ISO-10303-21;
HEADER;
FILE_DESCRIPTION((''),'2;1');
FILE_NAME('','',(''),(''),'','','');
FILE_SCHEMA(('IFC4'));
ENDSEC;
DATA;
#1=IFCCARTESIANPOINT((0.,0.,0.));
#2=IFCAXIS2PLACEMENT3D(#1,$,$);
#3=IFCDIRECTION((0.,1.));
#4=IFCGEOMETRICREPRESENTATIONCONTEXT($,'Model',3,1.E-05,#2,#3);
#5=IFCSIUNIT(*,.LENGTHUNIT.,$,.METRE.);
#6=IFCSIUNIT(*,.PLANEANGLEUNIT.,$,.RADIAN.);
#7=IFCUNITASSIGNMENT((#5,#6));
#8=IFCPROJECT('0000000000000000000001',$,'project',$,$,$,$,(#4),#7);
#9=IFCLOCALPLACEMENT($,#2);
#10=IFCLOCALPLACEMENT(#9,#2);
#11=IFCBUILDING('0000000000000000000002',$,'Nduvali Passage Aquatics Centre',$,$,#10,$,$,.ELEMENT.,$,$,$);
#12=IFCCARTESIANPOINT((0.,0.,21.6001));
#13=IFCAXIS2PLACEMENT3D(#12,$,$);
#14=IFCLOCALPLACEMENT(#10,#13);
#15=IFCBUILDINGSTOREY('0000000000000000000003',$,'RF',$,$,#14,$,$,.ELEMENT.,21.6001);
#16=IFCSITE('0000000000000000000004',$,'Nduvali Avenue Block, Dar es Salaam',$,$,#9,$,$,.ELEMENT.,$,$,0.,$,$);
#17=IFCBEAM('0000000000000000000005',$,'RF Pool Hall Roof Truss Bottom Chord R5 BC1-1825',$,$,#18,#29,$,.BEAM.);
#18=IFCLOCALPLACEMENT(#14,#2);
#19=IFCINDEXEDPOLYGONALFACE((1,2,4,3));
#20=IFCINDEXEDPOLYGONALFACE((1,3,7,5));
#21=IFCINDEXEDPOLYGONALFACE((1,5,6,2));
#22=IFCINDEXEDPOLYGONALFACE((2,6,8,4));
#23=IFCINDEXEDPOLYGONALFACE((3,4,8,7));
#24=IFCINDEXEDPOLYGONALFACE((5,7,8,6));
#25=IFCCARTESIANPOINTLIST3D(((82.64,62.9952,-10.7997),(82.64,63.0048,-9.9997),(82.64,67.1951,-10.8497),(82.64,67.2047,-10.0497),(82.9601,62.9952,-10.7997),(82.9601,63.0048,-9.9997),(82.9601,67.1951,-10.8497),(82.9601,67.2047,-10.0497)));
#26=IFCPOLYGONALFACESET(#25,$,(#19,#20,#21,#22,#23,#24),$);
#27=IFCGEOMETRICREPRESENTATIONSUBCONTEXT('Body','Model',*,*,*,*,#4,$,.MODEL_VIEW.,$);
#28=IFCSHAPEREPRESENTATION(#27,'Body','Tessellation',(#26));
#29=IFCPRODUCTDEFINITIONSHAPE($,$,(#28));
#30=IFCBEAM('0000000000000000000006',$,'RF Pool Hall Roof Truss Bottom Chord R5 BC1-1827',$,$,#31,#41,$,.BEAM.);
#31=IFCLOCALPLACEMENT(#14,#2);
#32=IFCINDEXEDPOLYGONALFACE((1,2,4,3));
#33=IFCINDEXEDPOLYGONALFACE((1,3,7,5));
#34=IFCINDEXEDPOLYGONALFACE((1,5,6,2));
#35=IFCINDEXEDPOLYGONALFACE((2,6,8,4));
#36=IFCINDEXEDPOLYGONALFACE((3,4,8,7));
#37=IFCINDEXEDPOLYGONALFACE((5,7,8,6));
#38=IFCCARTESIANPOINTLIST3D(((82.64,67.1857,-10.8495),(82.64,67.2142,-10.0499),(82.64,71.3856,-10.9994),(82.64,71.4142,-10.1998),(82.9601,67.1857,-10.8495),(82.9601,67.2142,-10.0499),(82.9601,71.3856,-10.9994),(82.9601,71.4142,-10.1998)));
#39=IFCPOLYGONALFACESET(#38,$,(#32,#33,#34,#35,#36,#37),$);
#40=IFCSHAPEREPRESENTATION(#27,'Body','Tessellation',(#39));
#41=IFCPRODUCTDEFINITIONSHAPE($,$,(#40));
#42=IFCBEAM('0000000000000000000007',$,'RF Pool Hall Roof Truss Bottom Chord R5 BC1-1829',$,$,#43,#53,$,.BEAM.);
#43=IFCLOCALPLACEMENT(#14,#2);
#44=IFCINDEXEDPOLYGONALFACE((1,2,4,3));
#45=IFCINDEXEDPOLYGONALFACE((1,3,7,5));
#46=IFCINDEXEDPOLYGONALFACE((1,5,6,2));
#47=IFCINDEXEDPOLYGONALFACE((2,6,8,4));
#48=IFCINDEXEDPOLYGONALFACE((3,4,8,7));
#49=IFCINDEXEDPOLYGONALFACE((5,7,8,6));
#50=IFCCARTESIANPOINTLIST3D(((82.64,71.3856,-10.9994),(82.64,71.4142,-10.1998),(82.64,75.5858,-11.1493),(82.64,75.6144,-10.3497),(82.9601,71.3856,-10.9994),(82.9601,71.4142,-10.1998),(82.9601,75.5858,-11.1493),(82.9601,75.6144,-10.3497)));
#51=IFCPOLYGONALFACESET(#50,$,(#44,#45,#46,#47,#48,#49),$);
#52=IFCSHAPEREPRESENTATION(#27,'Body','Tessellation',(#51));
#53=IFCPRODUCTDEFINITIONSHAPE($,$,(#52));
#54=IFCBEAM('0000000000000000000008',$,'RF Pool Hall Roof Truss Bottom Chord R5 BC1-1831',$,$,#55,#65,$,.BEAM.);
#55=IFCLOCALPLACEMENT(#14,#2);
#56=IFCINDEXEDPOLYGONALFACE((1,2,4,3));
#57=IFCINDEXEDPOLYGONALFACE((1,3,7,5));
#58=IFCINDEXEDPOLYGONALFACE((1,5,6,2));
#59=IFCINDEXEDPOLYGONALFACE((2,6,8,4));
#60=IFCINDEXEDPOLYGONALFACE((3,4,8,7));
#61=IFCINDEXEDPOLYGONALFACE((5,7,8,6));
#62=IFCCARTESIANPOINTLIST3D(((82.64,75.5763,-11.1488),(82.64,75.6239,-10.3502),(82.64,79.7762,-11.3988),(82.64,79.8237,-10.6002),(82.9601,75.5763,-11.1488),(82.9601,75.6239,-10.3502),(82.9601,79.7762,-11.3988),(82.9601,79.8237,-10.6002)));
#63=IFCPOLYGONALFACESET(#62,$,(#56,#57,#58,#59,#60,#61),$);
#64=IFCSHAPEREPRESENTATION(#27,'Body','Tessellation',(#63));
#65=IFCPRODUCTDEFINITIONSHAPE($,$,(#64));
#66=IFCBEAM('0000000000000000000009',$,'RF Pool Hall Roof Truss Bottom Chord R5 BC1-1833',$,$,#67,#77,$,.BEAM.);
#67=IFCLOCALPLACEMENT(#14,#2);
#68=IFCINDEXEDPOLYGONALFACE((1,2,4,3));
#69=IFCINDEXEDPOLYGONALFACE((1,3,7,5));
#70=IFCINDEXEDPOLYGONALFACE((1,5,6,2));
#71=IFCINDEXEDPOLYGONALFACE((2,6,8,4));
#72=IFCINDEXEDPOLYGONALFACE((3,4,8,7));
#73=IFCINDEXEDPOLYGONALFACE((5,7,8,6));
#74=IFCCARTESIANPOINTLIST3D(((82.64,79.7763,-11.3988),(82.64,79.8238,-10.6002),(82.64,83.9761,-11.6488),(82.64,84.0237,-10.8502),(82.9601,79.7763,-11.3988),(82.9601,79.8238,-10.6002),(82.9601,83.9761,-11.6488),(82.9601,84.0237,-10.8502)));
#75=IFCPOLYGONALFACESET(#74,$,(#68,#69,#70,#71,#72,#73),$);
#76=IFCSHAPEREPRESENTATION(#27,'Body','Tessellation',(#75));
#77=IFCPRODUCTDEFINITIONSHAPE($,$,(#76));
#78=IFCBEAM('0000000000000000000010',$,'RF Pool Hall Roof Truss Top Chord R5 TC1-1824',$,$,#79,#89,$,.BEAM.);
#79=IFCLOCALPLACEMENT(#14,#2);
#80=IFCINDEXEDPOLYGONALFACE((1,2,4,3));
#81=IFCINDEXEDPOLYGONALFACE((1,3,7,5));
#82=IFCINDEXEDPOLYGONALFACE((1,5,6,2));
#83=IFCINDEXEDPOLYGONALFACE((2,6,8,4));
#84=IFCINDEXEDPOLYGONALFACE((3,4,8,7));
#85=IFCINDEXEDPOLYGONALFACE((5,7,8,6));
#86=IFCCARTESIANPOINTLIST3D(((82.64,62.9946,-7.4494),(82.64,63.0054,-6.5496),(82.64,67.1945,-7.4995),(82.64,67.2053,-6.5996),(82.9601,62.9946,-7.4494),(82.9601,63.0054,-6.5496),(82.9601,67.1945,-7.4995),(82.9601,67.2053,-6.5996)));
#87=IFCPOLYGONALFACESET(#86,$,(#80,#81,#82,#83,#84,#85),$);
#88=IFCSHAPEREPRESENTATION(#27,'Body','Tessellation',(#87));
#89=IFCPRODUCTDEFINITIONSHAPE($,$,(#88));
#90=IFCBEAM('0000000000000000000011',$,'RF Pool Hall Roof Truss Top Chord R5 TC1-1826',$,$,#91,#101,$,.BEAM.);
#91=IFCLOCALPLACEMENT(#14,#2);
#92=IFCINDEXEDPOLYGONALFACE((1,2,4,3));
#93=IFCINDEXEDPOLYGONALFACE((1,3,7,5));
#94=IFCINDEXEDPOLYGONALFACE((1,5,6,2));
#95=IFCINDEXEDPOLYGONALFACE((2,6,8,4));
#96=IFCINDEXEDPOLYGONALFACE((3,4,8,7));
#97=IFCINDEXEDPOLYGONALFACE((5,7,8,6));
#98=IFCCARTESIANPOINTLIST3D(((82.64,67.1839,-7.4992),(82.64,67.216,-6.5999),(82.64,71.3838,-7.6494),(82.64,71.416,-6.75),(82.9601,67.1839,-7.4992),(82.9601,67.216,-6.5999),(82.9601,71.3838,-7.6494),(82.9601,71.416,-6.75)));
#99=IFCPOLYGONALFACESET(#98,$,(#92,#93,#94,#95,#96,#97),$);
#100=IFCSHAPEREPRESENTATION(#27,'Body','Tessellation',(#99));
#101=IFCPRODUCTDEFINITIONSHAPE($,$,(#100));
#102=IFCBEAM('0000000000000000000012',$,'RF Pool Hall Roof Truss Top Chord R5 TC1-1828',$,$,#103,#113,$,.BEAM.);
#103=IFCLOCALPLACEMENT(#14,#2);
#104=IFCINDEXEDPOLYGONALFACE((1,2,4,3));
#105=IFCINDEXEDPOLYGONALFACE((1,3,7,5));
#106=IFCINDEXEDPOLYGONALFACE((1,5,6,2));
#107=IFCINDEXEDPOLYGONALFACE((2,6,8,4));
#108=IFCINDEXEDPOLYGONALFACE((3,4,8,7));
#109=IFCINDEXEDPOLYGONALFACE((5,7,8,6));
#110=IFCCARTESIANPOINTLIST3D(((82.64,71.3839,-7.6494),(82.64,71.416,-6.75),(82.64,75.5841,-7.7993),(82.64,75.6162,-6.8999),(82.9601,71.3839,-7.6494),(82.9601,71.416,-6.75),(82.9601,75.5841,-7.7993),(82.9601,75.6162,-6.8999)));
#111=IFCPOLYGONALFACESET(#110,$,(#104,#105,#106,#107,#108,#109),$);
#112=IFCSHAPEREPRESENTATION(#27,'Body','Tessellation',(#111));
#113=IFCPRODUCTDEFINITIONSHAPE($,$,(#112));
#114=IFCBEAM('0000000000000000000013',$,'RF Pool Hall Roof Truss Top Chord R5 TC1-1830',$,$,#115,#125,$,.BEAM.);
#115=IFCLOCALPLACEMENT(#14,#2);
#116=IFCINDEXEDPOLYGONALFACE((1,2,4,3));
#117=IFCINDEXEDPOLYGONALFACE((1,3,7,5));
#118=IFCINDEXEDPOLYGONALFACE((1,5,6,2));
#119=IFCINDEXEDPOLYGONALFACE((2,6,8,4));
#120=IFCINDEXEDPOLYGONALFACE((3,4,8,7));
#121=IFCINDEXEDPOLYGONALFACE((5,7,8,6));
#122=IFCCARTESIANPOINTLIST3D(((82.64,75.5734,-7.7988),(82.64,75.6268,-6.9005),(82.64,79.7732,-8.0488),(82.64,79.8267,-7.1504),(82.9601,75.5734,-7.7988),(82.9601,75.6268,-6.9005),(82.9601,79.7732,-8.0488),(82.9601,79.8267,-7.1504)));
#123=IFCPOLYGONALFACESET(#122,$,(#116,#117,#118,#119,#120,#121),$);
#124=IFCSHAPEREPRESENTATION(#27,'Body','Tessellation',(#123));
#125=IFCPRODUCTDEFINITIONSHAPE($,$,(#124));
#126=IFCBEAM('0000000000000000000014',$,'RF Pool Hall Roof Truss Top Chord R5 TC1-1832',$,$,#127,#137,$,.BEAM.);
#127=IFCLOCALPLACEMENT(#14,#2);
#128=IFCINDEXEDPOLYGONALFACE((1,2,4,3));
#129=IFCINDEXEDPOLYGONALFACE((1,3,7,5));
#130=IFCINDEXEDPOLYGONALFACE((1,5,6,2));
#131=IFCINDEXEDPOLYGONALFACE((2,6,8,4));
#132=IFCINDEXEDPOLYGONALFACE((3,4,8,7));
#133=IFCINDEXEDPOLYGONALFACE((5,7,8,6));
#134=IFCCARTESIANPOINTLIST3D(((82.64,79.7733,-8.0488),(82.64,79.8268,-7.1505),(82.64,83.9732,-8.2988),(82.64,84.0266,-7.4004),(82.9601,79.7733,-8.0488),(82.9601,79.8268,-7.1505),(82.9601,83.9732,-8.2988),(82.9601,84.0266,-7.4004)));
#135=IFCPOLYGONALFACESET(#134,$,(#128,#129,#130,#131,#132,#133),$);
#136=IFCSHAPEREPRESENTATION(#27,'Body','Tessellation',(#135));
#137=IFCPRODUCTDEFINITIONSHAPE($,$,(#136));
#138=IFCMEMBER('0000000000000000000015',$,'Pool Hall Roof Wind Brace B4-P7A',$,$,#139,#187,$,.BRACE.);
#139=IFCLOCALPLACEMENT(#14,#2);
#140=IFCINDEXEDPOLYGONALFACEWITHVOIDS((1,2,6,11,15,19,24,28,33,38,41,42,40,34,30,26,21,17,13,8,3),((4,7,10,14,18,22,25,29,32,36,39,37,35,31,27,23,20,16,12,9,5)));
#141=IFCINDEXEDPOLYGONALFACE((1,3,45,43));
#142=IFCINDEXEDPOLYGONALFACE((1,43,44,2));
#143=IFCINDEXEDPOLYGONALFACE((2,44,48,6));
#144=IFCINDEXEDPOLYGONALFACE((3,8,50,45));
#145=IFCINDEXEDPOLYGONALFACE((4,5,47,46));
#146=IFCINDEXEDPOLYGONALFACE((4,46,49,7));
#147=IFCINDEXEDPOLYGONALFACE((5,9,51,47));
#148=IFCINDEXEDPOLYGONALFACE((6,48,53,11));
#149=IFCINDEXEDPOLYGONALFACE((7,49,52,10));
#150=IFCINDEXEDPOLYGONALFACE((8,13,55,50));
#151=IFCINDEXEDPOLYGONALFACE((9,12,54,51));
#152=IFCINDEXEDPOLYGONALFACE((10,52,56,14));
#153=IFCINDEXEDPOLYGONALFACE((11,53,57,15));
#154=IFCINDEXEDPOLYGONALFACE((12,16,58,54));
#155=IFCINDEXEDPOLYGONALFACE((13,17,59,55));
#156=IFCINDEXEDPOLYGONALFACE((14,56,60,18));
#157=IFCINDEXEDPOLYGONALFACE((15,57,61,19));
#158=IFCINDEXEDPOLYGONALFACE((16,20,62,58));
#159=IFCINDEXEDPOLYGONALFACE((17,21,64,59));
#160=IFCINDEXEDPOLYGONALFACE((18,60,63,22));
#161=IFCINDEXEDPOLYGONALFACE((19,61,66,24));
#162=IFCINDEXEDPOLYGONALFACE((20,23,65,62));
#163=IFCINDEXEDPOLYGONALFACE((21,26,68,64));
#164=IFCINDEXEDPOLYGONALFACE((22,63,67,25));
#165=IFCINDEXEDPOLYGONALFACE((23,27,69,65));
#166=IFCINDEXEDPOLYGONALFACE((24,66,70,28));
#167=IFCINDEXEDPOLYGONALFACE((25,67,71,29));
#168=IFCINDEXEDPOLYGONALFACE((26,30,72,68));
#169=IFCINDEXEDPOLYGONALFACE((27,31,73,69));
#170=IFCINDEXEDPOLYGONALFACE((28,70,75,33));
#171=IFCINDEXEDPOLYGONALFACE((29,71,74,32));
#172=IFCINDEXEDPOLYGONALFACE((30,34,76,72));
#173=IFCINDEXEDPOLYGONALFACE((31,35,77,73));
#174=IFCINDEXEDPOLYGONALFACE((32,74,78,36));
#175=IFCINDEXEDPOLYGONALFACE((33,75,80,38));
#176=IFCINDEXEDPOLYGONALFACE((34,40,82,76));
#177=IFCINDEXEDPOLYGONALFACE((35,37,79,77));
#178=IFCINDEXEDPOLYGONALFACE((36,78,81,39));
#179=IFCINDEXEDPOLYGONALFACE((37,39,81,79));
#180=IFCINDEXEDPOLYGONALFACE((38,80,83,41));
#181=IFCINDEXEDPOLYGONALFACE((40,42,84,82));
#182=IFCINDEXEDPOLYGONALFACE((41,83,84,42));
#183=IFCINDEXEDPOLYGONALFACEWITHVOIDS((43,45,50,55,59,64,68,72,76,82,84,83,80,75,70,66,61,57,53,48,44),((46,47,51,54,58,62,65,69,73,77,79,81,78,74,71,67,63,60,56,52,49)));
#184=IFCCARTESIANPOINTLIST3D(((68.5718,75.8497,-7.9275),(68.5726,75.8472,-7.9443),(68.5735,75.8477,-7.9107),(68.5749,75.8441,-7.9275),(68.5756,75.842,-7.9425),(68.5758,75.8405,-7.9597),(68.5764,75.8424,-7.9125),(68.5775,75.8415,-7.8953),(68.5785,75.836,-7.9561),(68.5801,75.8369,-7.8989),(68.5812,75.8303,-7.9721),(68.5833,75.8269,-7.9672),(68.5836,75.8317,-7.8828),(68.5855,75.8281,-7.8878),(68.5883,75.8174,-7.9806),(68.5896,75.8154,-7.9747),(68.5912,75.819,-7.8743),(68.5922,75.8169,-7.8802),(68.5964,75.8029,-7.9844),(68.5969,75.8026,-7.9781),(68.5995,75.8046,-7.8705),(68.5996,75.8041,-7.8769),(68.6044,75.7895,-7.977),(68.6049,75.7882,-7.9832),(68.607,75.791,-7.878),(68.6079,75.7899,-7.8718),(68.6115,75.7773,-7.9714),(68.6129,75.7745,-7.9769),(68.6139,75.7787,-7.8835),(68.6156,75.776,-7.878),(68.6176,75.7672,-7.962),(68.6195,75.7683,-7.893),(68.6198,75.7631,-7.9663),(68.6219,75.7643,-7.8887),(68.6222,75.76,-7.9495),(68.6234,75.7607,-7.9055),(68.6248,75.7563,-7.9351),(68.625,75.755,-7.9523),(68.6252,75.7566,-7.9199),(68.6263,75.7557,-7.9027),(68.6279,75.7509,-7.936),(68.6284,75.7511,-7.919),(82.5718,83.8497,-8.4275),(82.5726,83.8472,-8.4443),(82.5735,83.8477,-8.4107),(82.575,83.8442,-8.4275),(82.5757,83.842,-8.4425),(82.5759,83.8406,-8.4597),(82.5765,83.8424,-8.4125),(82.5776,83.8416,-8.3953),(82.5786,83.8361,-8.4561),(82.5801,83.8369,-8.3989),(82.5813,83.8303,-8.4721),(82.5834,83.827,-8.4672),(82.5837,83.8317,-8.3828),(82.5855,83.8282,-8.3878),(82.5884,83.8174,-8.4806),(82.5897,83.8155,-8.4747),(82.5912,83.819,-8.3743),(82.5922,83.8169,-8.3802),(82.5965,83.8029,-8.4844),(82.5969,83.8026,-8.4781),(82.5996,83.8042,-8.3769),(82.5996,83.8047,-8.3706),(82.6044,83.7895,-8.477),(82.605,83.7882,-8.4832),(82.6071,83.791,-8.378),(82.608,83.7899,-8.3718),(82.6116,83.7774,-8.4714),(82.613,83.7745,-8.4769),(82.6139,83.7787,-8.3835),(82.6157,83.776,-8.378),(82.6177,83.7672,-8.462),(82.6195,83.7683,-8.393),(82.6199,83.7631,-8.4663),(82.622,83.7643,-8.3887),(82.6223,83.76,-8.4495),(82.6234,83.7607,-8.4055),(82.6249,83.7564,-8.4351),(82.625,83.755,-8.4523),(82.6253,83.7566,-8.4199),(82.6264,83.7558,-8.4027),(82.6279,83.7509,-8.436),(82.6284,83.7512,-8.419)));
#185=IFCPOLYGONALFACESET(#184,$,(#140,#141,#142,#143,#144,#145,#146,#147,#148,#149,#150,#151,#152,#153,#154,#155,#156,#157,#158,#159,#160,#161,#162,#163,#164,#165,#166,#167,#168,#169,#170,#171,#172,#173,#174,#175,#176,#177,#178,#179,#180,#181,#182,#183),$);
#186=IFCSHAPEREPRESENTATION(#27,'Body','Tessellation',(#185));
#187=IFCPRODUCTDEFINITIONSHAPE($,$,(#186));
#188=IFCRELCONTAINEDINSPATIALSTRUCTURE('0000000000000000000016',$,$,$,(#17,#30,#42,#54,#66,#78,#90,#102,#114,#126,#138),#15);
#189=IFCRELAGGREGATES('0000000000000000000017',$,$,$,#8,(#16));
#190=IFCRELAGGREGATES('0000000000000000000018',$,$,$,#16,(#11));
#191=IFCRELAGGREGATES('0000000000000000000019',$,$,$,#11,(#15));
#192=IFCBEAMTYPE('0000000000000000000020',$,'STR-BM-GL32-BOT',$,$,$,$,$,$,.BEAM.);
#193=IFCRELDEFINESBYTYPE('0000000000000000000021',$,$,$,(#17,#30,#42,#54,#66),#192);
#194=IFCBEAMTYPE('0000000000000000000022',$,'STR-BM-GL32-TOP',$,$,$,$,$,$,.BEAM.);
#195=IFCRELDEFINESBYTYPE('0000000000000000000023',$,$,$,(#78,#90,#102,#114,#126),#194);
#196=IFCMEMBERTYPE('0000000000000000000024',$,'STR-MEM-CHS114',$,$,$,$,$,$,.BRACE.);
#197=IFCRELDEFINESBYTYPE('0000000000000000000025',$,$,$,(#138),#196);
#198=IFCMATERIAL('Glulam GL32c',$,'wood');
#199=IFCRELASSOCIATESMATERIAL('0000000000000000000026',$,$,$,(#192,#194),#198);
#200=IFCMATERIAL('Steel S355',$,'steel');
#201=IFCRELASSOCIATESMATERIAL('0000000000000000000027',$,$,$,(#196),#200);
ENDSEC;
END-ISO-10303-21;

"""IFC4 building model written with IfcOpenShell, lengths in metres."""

from ifc_helpers import new_model, si_unit, direction, frame, origin, origin_2d, place, context, subcontext, project, spatial, rectangle, hollow_circle, extrude, material, material_profile, profile_set, type_object, element, save


model = new_model("IFC4")

# Units and contexts
model_context = context("Model", 3, precision=1e-05, world=origin(), true_north=direction((0.0, 1.0)))
body_context = subcontext(model_context, "Body", "Model", "MODEL_VIEW")
ifc_project = project(units=[si_unit("LENGTHUNIT", "METRE"), si_unit("PLANEANGLEUNIT", "RADIAN")], contexts=[model_context])

# Site, building, storey
site_placement = place(None, origin())
site = spatial("IfcSite", under=ifc_project, at=site_placement, Name="Nduvali Avenue Block, Dar es Salaam", CompositionType="ELEMENT", RefElevation=0.0)
building_placement = place(site_placement, origin())
building = spatial("IfcBuilding", under=site, at=building_placement, Name="Nduvali Passage Aquatics Centre", CompositionType="ELEMENT")
storey_placement = place(building_placement, frame((0.0, 0.0, 21.6001)))
storey = spatial("IfcBuildingStorey", under=building, at=storey_placement, Name="RF", CompositionType="ELEMENT", Elevation=21.6001)

# Beams
ifc_material_1 = material(Name="Glulam GL32c", Category="wood")
ifc_material_profile_1 = material_profile(ifc_material_1, rectangle(XDim=0.3201, YDim=0.8, at=origin_2d()), Name="GL32c 320x800")
ifc_profile_set_1 = profile_set([ifc_material_profile_1], Name="Glulam GL32c")
beam_type_1 = type_object("IfcBeamType", Name="STR-BM-GL32-BOT", PredefinedType="BEAM", material=ifc_profile_set_1)
beam_1_placement = place(storey_placement, frame((82.8, 63.0, -10.3997), z_axis=(0.0, 0.999929, -0.011916), x_axis=(-1.0, 0.0, 0.0)))
element("IfcBeam", 1, at=beam_1_placement, inside=storey, type_object=beam_type_1, Name="RF Pool Hall Roof Truss Bottom Chord R5 BC1-1825", PredefinedType="BEAM", context=body_context, shape_type="SweptSolid", body=[
    extrude(rectangle(XDim=0.3201, YDim=0.8, at=origin_2d()), origin(), (0.0, 0.0, 1.0), 4.2002),
])
beam_2_placement = place(storey_placement, frame((82.8, 67.2, -10.4497), z_axis=(0.0, 0.999364, -0.035669), x_axis=(-1.0, 0.0, 0.0)))
element("IfcBeam", 2, at=beam_2_placement, inside=storey, type_object=beam_type_1, Name="RF Pool Hall Roof Truss Bottom Chord R5 BC1-1827", PredefinedType="BEAM", context=body_context, shape_type="SweptSolid", body=[
    extrude(rectangle(XDim=0.3201, YDim=0.8, at=origin_2d()), origin(), (0.0, 0.0, 1.0), 4.2026),
])
beam_3_placement = place(storey_placement, frame((82.8, 71.3999, -10.5996), z_axis=(0.0, 0.999364, -0.035667), x_axis=(-1.0, 0.0, 0.0)))
element("IfcBeam", 3, at=beam_3_placement, inside=storey, type_object=beam_type_1, Name="RF Pool Hall Roof Truss Bottom Chord R5 BC1-1829", PredefinedType="BEAM", context=body_context, shape_type="SweptSolid", body=[
    extrude(rectangle(XDim=0.3201, YDim=0.8, at=origin_2d()), origin(), (0.0, 0.0, 1.0), 4.2029),
])
for number, where, z_axis, x_axis, name in (
    (4, (82.8, 75.6001, -10.7495), (0.0, 0.998233, -0.059419), (-1.0, 0.0, 0.0), "RF Pool Hall Roof Truss Bottom Chord R5 BC1-1831"),
    (5, (82.8, 79.8, -10.9995), (0.0, 0.998233, -0.059419), (-1.0, 0.0, 0.0), "RF Pool Hall Roof Truss Bottom Chord R5 BC1-1833"),
):
    element("IfcBeam", number, at=place(storey_placement, frame(where, z_axis=z_axis, x_axis=x_axis)), inside=storey, type_object=beam_type_1, Name=name, PredefinedType="BEAM", context=body_context, shape_type="SweptSolid", body=[
        extrude(rectangle(XDim=0.3201, YDim=0.8, at=origin_2d()), origin(), (0.0, 0.0, 1.0), 4.2073),
    ])
ifc_material_profile_2 = material_profile(ifc_material_1, rectangle(XDim=0.3201, YDim=0.8999, at=origin_2d()), Name="GL32c 320x900")
ifc_profile_set_2 = profile_set([ifc_material_profile_2], Name="Glulam GL32c")
beam_type_2 = type_object("IfcBeamType", Name="STR-BM-GL32-TOP", PredefinedType="BEAM", material=ifc_profile_set_2)
beam_4_placement = place(storey_placement, frame((82.8, 63.0, -6.9995), z_axis=(0.0, 0.999929, -0.011916), x_axis=(-1.0, 0.0, 0.0)))
element("IfcBeam", 6, at=beam_4_placement, inside=storey, type_object=beam_type_2, Name="RF Pool Hall Roof Truss Top Chord R5 TC1-1824", PredefinedType="BEAM", context=body_context, shape_type="SweptSolid", body=[
    extrude(rectangle(XDim=0.3201, YDim=0.8999, at=origin_2d()), origin(), (0.0, 0.0, 1.0), 4.2002),
])
beam_5_placement = place(storey_placement, frame((82.8, 67.2, -7.0496), z_axis=(0.0, 0.999362, -0.035727), x_axis=(-1.0, 0.0, 0.0)))
element("IfcBeam", 7, at=beam_5_placement, inside=storey, type_object=beam_type_2, Name="RF Pool Hall Roof Truss Top Chord R5 TC1-1826", PredefinedType="BEAM", context=body_context, shape_type="SweptSolid", body=[
    extrude(rectangle(XDim=0.3201, YDim=0.8999, at=origin_2d()), origin(), (0.0, 0.0, 1.0), 4.2026),
])
beam_6_placement = place(storey_placement, frame((82.8, 71.3999, -7.1997), z_axis=(0.0, 0.999364, -0.035667), x_axis=(-1.0, 0.0, 0.0)))
element("IfcBeam", 8, at=beam_6_placement, inside=storey, type_object=beam_type_2, Name="RF Pool Hall Roof Truss Top Chord R5 TC1-1828", PredefinedType="BEAM", context=body_context, shape_type="SweptSolid", body=[
    extrude(rectangle(XDim=0.3201, YDim=0.8999, at=origin_2d()), origin(), (0.0, 0.0, 1.0), 4.2029),
])
for number, where, z_axis, x_axis, name in (
    (9, (82.8, 75.6001, -7.3496), (0.0, 0.998233, -0.059419), (-1.0, 0.0, 0.0), "RF Pool Hall Roof Truss Top Chord R5 TC1-1830"),
    (10, (82.8, 79.8, -7.5996), (0.0, 0.998233, -0.059419), (-1.0, 0.0, 0.0), "RF Pool Hall Roof Truss Top Chord R5 TC1-1832"),
):
    element("IfcBeam", number, at=place(storey_placement, frame(where, z_axis=z_axis, x_axis=x_axis)), inside=storey, type_object=beam_type_2, Name=name, PredefinedType="BEAM", context=body_context, shape_type="SweptSolid", body=[
        extrude(rectangle(XDim=0.3201, YDim=0.8999, at=origin_2d()), origin(), (0.0, 0.0, 1.0), 4.2073),
    ])

# Member
ifc_material_2 = material(Name="Steel S355", Category="steel")
ifc_material_profile_3 = material_profile(ifc_material_2, hollow_circle(Radius=0.0571, WallThickness=0.0063, at=origin_2d()), Name="CHS 114.3x6.3")
ifc_profile_set_3 = profile_set([ifc_material_profile_3], Name="Steel S355")
member_type_1 = type_object("IfcMemberType", Name="STR-MEM-CHS114", PredefinedType="BRACE", material=ifc_profile_set_3)
member_1_placement = place(storey_placement, frame((68.6001, 75.8, -7.9275), z_axis=(0.867826, 0.495901, -0.030994), x_axis=(-0.496139, 0.868243, 0.0)))
element("IfcMember", 11, at=member_1_placement, inside=storey, type_object=member_type_1, Name="Pool Hall Roof Wind Brace B4-P7A", PredefinedType="BRACE", context=body_context, shape_type="SweptSolid", body=[
    extrude(hollow_circle(Radius=0.0571, WallThickness=0.0063, at=origin_2d()), origin(), (0.0, 0.0, 1.0), 16.1323),
])

save(model, "model.ifc")
